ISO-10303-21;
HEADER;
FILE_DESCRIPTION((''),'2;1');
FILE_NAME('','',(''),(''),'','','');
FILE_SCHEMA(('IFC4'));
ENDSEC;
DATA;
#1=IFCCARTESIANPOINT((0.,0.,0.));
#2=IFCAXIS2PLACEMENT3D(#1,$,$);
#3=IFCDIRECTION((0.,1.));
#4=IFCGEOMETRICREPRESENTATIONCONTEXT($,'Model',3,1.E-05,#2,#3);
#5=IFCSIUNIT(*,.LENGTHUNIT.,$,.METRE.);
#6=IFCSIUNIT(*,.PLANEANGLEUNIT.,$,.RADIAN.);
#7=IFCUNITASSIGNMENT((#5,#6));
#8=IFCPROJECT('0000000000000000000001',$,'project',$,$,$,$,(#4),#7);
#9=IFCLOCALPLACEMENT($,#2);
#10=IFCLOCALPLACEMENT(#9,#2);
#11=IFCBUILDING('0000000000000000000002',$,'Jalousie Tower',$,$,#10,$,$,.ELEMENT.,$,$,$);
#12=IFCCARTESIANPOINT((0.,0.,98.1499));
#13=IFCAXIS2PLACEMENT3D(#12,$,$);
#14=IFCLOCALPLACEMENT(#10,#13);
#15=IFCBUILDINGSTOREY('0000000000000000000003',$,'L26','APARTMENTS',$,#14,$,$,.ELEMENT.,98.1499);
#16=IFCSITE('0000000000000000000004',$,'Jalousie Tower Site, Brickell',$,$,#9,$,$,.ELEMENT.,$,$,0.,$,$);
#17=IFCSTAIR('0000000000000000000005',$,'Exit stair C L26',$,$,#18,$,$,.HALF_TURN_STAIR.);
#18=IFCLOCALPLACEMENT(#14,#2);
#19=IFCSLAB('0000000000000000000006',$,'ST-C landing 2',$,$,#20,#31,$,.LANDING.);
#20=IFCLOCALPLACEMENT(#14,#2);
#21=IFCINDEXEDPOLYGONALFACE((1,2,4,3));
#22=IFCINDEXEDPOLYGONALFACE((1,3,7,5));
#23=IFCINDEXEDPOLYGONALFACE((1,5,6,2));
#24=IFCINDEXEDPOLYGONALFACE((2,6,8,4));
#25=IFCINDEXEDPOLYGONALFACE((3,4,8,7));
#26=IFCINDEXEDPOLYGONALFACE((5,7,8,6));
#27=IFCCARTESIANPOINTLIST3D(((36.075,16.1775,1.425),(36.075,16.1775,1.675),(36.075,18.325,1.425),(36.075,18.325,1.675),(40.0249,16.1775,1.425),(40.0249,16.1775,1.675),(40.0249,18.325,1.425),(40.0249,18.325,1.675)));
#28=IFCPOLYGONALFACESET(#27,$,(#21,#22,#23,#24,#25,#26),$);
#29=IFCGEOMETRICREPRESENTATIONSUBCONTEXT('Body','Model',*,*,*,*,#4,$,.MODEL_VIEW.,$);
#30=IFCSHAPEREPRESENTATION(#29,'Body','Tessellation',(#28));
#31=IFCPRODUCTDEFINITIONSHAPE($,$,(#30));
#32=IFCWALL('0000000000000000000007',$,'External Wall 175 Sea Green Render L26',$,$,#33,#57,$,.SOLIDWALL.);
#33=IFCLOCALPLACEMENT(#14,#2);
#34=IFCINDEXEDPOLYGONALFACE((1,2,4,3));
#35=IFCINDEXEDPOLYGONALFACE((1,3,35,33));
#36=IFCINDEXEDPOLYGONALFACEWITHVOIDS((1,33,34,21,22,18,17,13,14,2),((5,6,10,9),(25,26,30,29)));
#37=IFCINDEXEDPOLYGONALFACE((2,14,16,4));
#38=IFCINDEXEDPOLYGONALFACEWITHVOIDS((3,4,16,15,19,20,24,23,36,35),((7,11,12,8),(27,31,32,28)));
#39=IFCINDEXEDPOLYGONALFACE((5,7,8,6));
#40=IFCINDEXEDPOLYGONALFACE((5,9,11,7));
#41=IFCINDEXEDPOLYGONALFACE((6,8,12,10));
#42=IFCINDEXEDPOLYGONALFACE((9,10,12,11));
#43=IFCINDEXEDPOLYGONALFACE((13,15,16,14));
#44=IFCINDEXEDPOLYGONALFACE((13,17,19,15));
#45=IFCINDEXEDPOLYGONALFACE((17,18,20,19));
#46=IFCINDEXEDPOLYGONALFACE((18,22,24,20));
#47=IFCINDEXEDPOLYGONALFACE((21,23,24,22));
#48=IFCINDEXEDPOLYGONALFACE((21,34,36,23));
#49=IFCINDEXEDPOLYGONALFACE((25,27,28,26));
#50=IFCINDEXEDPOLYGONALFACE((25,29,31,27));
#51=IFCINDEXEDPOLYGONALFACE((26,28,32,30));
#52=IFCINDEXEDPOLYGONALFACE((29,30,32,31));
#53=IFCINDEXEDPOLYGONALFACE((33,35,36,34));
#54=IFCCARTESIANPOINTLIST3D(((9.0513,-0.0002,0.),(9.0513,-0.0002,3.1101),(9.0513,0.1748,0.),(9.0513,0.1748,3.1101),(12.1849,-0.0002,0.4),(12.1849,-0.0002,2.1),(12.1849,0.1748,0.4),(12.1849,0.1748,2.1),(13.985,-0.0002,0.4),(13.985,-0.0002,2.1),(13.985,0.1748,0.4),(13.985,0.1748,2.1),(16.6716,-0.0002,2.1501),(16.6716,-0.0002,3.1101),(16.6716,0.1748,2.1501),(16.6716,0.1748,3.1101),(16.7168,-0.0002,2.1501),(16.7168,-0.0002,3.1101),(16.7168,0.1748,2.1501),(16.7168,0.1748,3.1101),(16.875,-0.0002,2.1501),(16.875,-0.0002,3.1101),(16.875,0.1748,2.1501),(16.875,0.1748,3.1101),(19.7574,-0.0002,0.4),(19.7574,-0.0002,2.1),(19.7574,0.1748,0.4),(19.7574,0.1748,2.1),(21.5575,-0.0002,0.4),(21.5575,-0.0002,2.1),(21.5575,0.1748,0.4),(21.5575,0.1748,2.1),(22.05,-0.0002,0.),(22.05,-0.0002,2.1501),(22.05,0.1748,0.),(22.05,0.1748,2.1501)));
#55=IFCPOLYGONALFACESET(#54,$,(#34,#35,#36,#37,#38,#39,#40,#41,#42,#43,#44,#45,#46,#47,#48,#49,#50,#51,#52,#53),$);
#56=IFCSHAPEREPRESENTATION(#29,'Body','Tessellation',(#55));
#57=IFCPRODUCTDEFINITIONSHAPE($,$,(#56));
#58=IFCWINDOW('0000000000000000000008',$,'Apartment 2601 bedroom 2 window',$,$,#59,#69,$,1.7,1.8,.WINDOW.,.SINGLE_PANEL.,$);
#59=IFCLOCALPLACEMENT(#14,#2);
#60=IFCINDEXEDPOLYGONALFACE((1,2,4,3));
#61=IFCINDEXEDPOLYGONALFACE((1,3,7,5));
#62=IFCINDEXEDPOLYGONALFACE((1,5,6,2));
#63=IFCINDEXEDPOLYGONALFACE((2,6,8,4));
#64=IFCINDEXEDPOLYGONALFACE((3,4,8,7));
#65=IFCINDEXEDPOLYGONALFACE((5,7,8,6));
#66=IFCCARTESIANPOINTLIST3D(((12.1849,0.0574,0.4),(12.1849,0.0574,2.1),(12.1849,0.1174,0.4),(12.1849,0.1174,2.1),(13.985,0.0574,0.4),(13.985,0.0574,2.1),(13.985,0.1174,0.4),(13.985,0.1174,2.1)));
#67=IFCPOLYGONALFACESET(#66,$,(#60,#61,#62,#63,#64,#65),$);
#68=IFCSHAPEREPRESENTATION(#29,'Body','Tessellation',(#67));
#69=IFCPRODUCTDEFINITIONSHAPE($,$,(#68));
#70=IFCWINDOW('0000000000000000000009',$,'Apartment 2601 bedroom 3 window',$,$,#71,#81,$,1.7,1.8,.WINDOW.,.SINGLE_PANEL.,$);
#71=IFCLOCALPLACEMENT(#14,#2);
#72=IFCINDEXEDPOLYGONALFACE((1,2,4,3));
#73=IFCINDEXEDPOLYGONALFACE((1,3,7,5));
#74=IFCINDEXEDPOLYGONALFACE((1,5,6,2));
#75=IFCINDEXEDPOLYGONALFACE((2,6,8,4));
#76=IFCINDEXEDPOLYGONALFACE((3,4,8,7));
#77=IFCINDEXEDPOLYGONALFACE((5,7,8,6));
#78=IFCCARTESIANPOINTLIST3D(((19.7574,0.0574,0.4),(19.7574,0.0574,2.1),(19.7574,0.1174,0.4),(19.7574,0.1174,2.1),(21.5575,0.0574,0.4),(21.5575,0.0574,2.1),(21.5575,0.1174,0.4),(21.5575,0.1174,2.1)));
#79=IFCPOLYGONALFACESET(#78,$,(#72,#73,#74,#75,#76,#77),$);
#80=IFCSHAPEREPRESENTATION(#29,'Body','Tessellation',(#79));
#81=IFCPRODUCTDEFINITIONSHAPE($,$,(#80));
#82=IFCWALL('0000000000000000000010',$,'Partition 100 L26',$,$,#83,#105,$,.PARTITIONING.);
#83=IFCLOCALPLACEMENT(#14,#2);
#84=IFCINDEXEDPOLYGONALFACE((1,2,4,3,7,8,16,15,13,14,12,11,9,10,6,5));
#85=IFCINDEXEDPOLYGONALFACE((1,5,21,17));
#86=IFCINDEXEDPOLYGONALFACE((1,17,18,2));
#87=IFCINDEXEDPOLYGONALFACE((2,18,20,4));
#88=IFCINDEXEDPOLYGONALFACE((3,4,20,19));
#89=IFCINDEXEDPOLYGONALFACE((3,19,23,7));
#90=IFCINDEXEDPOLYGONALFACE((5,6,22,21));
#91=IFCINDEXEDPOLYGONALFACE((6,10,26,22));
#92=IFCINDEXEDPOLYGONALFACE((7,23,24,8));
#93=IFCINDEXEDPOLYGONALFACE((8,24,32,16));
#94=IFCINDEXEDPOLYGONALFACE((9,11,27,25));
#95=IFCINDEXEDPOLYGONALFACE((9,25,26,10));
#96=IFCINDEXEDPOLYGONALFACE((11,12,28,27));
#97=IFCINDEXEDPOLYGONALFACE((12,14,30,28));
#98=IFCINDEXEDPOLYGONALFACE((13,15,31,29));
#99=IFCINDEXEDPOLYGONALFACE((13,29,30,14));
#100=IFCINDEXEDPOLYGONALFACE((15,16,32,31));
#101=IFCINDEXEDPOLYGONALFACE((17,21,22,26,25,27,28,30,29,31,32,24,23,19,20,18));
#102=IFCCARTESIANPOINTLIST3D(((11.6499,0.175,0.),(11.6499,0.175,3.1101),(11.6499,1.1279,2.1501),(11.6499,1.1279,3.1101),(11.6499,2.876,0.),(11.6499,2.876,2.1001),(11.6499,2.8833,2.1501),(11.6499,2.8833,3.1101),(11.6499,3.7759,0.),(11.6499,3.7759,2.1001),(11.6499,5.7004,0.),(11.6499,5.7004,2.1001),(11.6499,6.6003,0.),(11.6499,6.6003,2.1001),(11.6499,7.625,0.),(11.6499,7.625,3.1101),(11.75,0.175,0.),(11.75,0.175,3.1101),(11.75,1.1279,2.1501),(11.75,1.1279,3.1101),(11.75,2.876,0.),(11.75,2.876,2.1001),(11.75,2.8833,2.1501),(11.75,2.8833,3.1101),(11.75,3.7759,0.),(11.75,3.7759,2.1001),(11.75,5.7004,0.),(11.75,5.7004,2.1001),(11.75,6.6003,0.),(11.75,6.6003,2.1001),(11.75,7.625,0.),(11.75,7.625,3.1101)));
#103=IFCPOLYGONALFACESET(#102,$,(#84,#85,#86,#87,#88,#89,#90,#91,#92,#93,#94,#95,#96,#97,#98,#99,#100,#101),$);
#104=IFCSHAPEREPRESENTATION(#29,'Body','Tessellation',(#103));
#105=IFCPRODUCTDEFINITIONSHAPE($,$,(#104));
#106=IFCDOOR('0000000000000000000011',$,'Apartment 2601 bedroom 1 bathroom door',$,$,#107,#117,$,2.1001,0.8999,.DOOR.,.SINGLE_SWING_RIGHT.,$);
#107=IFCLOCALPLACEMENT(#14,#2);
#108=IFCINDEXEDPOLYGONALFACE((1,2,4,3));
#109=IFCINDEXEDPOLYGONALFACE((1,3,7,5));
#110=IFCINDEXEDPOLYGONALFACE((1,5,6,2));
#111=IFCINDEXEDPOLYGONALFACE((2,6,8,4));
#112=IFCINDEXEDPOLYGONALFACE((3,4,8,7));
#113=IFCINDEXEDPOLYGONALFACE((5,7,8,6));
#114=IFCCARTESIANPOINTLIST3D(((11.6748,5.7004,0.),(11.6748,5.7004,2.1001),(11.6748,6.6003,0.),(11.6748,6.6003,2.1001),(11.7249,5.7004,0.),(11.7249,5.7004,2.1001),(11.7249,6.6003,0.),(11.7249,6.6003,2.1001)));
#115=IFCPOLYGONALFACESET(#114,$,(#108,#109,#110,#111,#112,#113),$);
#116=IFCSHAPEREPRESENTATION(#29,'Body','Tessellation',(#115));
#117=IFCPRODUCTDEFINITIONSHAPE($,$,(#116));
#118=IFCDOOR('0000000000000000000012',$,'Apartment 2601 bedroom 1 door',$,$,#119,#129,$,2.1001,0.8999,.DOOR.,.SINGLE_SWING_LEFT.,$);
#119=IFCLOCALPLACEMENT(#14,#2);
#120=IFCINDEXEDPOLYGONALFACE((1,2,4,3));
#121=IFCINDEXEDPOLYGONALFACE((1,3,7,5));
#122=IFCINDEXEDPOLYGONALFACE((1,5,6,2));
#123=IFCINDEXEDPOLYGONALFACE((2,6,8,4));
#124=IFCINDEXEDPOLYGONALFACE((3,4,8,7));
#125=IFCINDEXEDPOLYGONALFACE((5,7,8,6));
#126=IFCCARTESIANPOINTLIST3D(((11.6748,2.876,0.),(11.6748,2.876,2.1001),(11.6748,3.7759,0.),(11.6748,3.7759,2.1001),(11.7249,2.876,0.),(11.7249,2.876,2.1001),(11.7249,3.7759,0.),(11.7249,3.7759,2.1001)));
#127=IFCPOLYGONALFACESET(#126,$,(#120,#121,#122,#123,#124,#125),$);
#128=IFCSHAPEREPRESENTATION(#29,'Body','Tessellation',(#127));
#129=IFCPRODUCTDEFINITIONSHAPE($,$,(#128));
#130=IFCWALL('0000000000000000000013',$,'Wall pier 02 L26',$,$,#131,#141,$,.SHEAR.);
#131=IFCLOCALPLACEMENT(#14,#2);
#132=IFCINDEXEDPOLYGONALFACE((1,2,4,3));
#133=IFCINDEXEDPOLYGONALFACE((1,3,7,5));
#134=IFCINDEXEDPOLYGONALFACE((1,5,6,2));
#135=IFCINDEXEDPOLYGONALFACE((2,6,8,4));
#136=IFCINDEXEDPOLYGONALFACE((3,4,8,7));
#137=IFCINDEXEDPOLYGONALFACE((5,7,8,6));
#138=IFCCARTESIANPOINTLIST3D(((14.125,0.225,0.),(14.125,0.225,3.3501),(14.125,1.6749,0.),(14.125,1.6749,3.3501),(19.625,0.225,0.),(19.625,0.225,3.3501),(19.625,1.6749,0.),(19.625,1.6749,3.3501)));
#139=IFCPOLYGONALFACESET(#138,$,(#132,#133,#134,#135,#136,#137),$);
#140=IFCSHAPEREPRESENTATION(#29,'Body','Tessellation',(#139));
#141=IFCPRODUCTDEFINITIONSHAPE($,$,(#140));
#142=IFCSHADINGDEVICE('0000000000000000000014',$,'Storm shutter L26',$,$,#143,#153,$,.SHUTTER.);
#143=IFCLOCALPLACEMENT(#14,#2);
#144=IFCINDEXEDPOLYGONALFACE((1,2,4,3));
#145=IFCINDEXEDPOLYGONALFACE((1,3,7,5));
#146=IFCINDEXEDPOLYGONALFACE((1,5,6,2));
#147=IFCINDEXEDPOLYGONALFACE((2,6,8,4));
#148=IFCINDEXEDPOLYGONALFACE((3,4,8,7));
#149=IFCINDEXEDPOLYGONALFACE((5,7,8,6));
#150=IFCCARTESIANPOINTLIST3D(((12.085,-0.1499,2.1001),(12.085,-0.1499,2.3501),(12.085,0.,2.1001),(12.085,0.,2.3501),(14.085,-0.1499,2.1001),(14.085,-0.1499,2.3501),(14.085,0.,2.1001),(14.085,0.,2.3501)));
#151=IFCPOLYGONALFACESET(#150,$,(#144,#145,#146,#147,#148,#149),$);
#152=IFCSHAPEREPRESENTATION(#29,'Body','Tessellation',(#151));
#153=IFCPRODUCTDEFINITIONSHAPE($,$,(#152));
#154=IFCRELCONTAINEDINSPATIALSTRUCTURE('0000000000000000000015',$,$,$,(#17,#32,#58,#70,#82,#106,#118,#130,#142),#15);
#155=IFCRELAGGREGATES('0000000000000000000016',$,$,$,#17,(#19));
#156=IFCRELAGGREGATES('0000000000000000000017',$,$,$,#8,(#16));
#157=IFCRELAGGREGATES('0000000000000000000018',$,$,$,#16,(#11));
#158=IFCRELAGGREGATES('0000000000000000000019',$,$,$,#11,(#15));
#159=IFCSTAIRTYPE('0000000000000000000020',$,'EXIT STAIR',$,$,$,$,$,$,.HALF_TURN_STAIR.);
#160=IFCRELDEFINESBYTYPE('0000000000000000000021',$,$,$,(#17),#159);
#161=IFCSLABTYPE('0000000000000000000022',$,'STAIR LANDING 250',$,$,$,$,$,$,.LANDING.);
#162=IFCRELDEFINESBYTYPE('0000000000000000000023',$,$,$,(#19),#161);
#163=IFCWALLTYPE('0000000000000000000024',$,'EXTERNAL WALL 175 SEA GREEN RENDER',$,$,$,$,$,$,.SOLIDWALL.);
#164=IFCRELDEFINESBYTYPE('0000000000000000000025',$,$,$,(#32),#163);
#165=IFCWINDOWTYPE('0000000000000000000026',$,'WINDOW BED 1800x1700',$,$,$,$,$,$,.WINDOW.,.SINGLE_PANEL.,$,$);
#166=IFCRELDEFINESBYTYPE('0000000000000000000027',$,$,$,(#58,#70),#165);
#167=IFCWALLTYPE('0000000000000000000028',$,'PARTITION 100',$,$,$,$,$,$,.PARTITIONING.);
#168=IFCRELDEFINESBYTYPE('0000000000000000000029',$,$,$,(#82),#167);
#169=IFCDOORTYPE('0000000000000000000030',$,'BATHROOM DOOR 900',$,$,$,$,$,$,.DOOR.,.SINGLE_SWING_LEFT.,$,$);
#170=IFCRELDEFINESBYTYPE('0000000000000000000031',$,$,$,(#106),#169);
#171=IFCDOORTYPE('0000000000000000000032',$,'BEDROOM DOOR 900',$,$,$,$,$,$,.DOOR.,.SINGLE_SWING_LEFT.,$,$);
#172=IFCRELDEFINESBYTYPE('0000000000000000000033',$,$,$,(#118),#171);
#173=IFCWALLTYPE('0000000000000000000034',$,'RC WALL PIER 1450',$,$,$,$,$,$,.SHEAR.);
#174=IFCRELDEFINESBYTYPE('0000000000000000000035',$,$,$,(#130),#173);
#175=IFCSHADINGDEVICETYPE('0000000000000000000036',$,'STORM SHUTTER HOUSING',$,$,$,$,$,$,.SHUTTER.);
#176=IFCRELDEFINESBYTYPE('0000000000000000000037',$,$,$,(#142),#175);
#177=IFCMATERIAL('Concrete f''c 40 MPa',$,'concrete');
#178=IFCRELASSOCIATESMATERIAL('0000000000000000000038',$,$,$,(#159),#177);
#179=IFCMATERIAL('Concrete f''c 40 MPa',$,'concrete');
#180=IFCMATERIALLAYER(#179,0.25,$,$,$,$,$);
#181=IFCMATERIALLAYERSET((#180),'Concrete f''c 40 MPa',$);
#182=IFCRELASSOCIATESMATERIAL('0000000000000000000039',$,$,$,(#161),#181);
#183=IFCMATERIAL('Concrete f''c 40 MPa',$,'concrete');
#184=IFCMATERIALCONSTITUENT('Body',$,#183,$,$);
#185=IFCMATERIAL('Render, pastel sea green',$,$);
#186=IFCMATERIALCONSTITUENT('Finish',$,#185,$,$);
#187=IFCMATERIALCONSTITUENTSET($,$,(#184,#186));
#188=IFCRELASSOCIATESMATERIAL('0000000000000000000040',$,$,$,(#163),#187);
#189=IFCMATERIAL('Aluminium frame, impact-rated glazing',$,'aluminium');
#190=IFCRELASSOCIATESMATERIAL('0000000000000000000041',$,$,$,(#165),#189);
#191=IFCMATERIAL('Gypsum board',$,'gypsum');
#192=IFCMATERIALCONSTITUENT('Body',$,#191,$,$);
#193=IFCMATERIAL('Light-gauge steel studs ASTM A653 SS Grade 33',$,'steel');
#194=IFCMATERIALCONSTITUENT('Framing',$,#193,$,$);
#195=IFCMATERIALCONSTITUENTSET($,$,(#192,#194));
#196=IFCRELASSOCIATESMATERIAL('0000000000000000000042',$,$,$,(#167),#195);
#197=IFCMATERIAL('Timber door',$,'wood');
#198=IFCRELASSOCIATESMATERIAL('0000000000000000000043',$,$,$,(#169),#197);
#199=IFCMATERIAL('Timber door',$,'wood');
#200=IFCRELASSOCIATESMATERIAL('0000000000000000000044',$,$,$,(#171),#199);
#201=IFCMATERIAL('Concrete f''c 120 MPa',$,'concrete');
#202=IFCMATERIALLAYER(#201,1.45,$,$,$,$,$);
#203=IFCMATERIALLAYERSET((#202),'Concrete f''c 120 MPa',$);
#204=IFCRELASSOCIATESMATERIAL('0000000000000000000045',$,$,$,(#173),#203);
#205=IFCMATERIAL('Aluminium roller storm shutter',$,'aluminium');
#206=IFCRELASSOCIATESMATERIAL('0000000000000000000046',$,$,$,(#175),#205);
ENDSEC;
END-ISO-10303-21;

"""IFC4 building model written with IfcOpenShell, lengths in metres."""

from ifc_helpers import new_model, si_unit, direction, frame, frame_2d, origin, origin_2d, place, context, subcontext, project, spatial, polyline, rectangle, outline, extrude, material, layer, layer_set, constituent, constituent_set, type_object, element, fill, aggregate, save


model = new_model("IFC4")

# Units and contexts
model_context = context("Model", 3, precision=1e-05, world=origin(), true_north=direction((0.0, 1.0)))
body_context = subcontext(model_context, "Body", "Model", "MODEL_VIEW")
ifc_project = project(units=[si_unit("LENGTHUNIT", "METRE"), si_unit("PLANEANGLEUNIT", "RADIAN")], contexts=[model_context])

# Site, building, storey
site_placement = place(None, origin())
site = spatial("IfcSite", under=ifc_project, at=site_placement, Name="Jalousie Tower Site, Brickell", CompositionType="ELEMENT", RefElevation=0.0)
building_placement = place(site_placement, origin())
building = spatial("IfcBuilding", under=site, at=building_placement, Name="Jalousie Tower", CompositionType="ELEMENT")
storey_placement = place(building_placement, frame((0.0, 0.0, 98.1499)))
storey = spatial("IfcBuildingStorey", under=building, at=storey_placement, Name="L26", Description="APARTMENTS", CompositionType="ELEMENT", Elevation=98.1499)

# Stair, slab
ifc_material_1 = material(Name="Concrete f'c 40 MPa", Category="concrete")
stair_type = type_object("IfcStairType", Name="EXIT STAIR", PredefinedType="HALF_TURN_STAIR", material=ifc_material_1)
ifc_material_2 = material(Name="Concrete f'c 40 MPa", Category="concrete")
ifc_layer_1 = layer(ifc_material_2, 0.25)
ifc_layer_set_1 = layer_set([ifc_layer_1], Name="Concrete f'c 40 MPa")
slab_type_1 = type_object("IfcSlabType", Name="STAIR LANDING 250", PredefinedType="LANDING", material=ifc_layer_set_1)
stair_1_placement = place(storey_placement, origin())
stair_1 = element("IfcStair", 1, at=stair_1_placement, inside=storey, type_object=stair_type, Name="Exit stair C L26", PredefinedType="HALF_TURN_STAIR")
slab_1_placement = place(storey_placement, frame((0.0, 0.0, 1.425)))
slab_1 = element("IfcSlab", 2, at=slab_1_placement, type_object=slab_type_1, Name="ST-C landing 2", PredefinedType="LANDING", context=body_context, shape_type="SweptSolid", body=[
    extrude(outline(polyline([(36.075, 16.1775), (40.0249, 16.1775), (40.0249, 18.325), (36.075, 18.325), (36.075, 16.1775)])), origin(), (0.0, 0.0, 1.0), 0.25),
])
aggregate(stair_1, [slab_1])

# Wall, openings, windows
ifc_material_3 = material(Name="Concrete f'c 40 MPa", Category="concrete")
ifc_constituent_1 = constituent(ifc_material_3, Name="Body")
ifc_material_4 = material(Name="Render, pastel sea green")
ifc_constituent_2 = constituent(ifc_material_4, Name="Finish")
ifc_constituent_set_1 = constituent_set(constituents=[ifc_constituent_1, ifc_constituent_2])
wall_type_1 = type_object("IfcWallType", Name="EXTERNAL WALL 175 SEA GREEN RENDER", PredefinedType="SOLIDWALL", material=ifc_constituent_set_1)
wall_1_placement = place(storey_placement, frame((9.0513, 0.0874, 0.0), z_axis=(0.0, 0.0, 1.0), x_axis=(1.0, 0.0, 0.0)))
wall_1 = element("IfcWall", 3, at=wall_1_placement, inside=storey, type_object=wall_type_1, Name="External Wall 175 Sea Green Render L26", PredefinedType="SOLIDWALL", context=body_context, shape_type="SweptSolid", body=[
    extrude(outline(polyline([(0.0, 0.0), (12.9988, 0.0), (12.9988, 2.1501), (7.8237, 2.1501), (7.8237, 3.1101), (7.6655, 3.1101), (7.6655, 2.1501), (7.6204, 2.1501), (7.6204, 3.1101), (0.0, 3.1101), (0.0, 0.0)])), frame((0.0, 0.0874, 0.0), z_axis=(0.0, -1.0, 0.0), x_axis=(1.0, 0.0, 0.0)), (0.0, 0.0, 1.0), 0.175),
])
opening_1_placement = place(wall_1_placement, frame((3.1338, 0.0, 0.3999)))
opening_1 = element("IfcOpeningElement", 4, at=opening_1_placement, cuts=wall_1, PredefinedType="OPENING", context=body_context, shape_type="SweptSolid", body=[
    extrude(rectangle(XDim=1.8, YDim=1.7, at=frame_2d((0.8999, 0.8501))), frame((0.0, 0.0974, 0.0), z_axis=(0.0, -1.0, 0.0), x_axis=(1.0, 0.0, 0.0)), (0.0, 0.0, 1.0), 0.1951),
])
opening_2_placement = place(wall_1_placement, frame((10.7063, 0.0, 0.3999)))
opening_2 = element("IfcOpeningElement", 5, at=opening_2_placement, cuts=wall_1, PredefinedType="OPENING", context=body_context, shape_type="SweptSolid", body=[
    extrude(rectangle(XDim=1.8, YDim=1.7, at=frame_2d((0.8999, 0.8501))), frame((0.0, 0.0974, 0.0), z_axis=(0.0, -1.0, 0.0), x_axis=(1.0, 0.0, 0.0)), (0.0, 0.0, 1.0), 0.1951),
])
ifc_material_5 = material(Name="Aluminium frame, impact-rated glazing", Category="aluminium")
window_type = type_object("IfcWindowType", Name="WINDOW BED 1800x1700", PartitioningType="SINGLE_PANEL", PredefinedType="WINDOW", material=ifc_material_5)
window_1_placement = place(opening_1_placement, origin())
window_1 = element("IfcWindow", 6, at=window_1_placement, inside=storey, type_object=window_type, Name="Apartment 2601 bedroom 2 window", OverallHeight=1.7, OverallWidth=1.8, PartitioningType="SINGLE_PANEL", PredefinedType="WINDOW", context=body_context, shape_type="SweptSolid", body=[
    extrude(rectangle(XDim=1.8, YDim=1.7, at=frame_2d((0.8999, 0.8501))), frame((0.0, 0.03, 0.0), z_axis=(0.0, -1.0, 0.0), x_axis=(1.0, 0.0, 0.0)), (0.0, 0.0, 1.0), 0.0601),
])
fill(opening_1, window_1)
window_2_placement = place(opening_2_placement, origin())
window_2 = element("IfcWindow", 7, at=window_2_placement, inside=storey, type_object=window_type, Name="Apartment 2601 bedroom 3 window", OverallHeight=1.7, OverallWidth=1.8, PartitioningType="SINGLE_PANEL", PredefinedType="WINDOW", context=body_context, shape_type="SweptSolid", body=[
    extrude(rectangle(XDim=1.8, YDim=1.7, at=frame_2d((0.8999, 0.8501))), frame((0.0, 0.03, 0.0), z_axis=(0.0, -1.0, 0.0), x_axis=(1.0, 0.0, 0.0)), (0.0, 0.0, 1.0), 0.0601),
])
fill(opening_2, window_2)

# Wall, openings, doors
ifc_material_6 = material(Name="Gypsum board", Category="gypsum")
ifc_constituent_3 = constituent(ifc_material_6, Name="Body")
ifc_material_7 = material(Name="Light-gauge steel studs ASTM A653 SS Grade 33", Category="steel")
ifc_constituent_4 = constituent(ifc_material_7, Name="Framing")
ifc_constituent_set_2 = constituent_set(constituents=[ifc_constituent_3, ifc_constituent_4])
wall_type_2 = type_object("IfcWallType", Name="PARTITION 100", PredefinedType="PARTITIONING", material=ifc_constituent_set_2)
wall_2_placement = place(storey_placement, frame((11.7, 0.175, 0.0), z_axis=(0.0, 0.0, 1.0), x_axis=(0.0, 1.0, 0.0)))
wall_2 = element("IfcWall", 8, at=wall_2_placement, inside=storey, type_object=wall_type_2, Name="Partition 100 L26", PredefinedType="PARTITIONING", context=body_context, shape_type="SweptSolid", body=[
    extrude(outline(polyline([(0.0, 0.0), (7.45, 0.0), (7.45, 3.1101), (2.7083, 3.1101), (2.7083, 2.1501), (0.9529, 2.1501), (0.9529, 3.1101), (0.0, 3.1101), (0.0, 0.0)])), frame((0.0, 0.05, 0.0), z_axis=(0.0, -1.0, 0.0), x_axis=(1.0, 0.0, 0.0)), (0.0, 0.0, 1.0), 0.1001),
])
opening_3_placement = place(wall_2_placement, frame((2.7009, 0.0, 0.0)))
opening_3 = element("IfcOpeningElement", 9, at=opening_3_placement, cuts=wall_2, PredefinedType="OPENING", context=body_context, shape_type="SweptSolid", body=[
    extrude(rectangle(XDim=0.8999, YDim=2.1001, at=frame_2d((0.45, 1.05))), frame((0.0, 0.0601, 0.0), z_axis=(0.0, -1.0, 0.0), x_axis=(1.0, 0.0, 0.0)), (0.0, 0.0, 1.0), 0.1201),
])
opening_4_placement = place(wall_2_placement, frame((5.5254, 0.0, 0.0)))
opening_4 = element("IfcOpeningElement", 10, at=opening_4_placement, cuts=wall_2, PredefinedType="OPENING", context=body_context, shape_type="SweptSolid", body=[
    extrude(rectangle(XDim=0.8999, YDim=2.1001, at=frame_2d((0.45, 1.05))), frame((0.0, 0.0601, 0.0), z_axis=(0.0, -1.0, 0.0), x_axis=(1.0, 0.0, 0.0)), (0.0, 0.0, 1.0), 0.1201),
])
ifc_material_8 = material(Name="Timber door", Category="wood")
door_type_1 = type_object("IfcDoorType", Name="BATHROOM DOOR 900", OperationType="SINGLE_SWING_LEFT", PredefinedType="DOOR", material=ifc_material_8)
door_1_placement = place(opening_4_placement, frame((0.8999, 0.0, 0.0), z_axis=(0.0, 0.0, 1.0), x_axis=(-1.0, 0.0, 0.0)))
door_1 = element("IfcDoor", 11, at=door_1_placement, inside=storey, type_object=door_type_1, Name="Apartment 2601 bedroom 1 bathroom door", OperationType="SINGLE_SWING_RIGHT", OverallHeight=2.1001, OverallWidth=0.8999, PredefinedType="DOOR", context=body_context, shape_type="SweptSolid", body=[
    extrude(rectangle(XDim=0.8999, YDim=2.1001, at=frame_2d((0.45, 1.05))), frame((0.0, 0.0249, 0.0), z_axis=(0.0, -1.0, 0.0), x_axis=(1.0, 0.0, 0.0)), (0.0, 0.0, 1.0), 0.05),
])
fill(opening_4, door_1)
ifc_material_9 = material(Name="Timber door", Category="wood")
door_type_2 = type_object("IfcDoorType", Name="BEDROOM DOOR 900", OperationType="SINGLE_SWING_LEFT", PredefinedType="DOOR", material=ifc_material_9)
door_2_placement = place(opening_3_placement, frame((0.8999, 0.0, 0.0), z_axis=(0.0, 0.0, 1.0), x_axis=(-1.0, 0.0, 0.0)))
door_2 = element("IfcDoor", 12, at=door_2_placement, inside=storey, type_object=door_type_2, Name="Apartment 2601 bedroom 1 door", OperationType="SINGLE_SWING_LEFT", OverallHeight=2.1001, OverallWidth=0.8999, PredefinedType="DOOR", context=body_context, shape_type="SweptSolid", body=[
    extrude(rectangle(XDim=0.8999, YDim=2.1001, at=frame_2d((0.45, 1.05))), frame((0.0, 0.0249, 0.0), z_axis=(0.0, -1.0, 0.0), x_axis=(1.0, 0.0, 0.0)), (0.0, 0.0, 1.0), 0.05),
])
fill(opening_3, door_2)

# Wall
ifc_material_10 = material(Name="Concrete f'c 120 MPa", Category="concrete")
ifc_layer_2 = layer(ifc_material_10, 1.45)
ifc_layer_set_2 = layer_set([ifc_layer_2], Name="Concrete f'c 120 MPa")
wall_type_3 = type_object("IfcWallType", Name="RC WALL PIER 1450", PredefinedType="SHEAR", material=ifc_layer_set_2)
wall_3_placement = place(storey_placement, frame((14.125, 0.95, 0.0), z_axis=(0.0, 0.0, 1.0), x_axis=(1.0, 0.0, 0.0)))
element("IfcWall", 13, at=wall_3_placement, inside=storey, type_object=wall_type_3, Name="Wall pier 02 L26", PredefinedType="SHEAR", context=body_context, shape_type="SweptSolid", body=[
    extrude(rectangle(XDim=5.5, YDim=1.45, at=frame_2d((2.75, 0.0))), origin(), (0.0, 0.0, 1.0), 3.3501),
])

# Shading device
ifc_material_11 = material(Name="Aluminium roller storm shutter", Category="aluminium")
shading_device_type = type_object("IfcShadingDeviceType", Name="STORM SHUTTER HOUSING", PredefinedType="SHUTTER", material=ifc_material_11)
shading_device_placement = place(storey_placement, frame((13.085, -0.075, 2.1001), z_axis=(0.0, 0.0, 1.0), x_axis=(1.0, 0.0, 0.0)))
element("IfcShadingDevice", 14, at=shading_device_placement, inside=storey, type_object=shading_device_type, Name="Storm shutter L26", PredefinedType="SHUTTER", context=body_context, shape_type="SweptSolid", body=[
    extrude(rectangle(XDim=2.0, YDim=0.1499, at=origin_2d()), origin(), (0.0, 0.0, 1.0), 0.25),
])

save(model, "model.ifc")
